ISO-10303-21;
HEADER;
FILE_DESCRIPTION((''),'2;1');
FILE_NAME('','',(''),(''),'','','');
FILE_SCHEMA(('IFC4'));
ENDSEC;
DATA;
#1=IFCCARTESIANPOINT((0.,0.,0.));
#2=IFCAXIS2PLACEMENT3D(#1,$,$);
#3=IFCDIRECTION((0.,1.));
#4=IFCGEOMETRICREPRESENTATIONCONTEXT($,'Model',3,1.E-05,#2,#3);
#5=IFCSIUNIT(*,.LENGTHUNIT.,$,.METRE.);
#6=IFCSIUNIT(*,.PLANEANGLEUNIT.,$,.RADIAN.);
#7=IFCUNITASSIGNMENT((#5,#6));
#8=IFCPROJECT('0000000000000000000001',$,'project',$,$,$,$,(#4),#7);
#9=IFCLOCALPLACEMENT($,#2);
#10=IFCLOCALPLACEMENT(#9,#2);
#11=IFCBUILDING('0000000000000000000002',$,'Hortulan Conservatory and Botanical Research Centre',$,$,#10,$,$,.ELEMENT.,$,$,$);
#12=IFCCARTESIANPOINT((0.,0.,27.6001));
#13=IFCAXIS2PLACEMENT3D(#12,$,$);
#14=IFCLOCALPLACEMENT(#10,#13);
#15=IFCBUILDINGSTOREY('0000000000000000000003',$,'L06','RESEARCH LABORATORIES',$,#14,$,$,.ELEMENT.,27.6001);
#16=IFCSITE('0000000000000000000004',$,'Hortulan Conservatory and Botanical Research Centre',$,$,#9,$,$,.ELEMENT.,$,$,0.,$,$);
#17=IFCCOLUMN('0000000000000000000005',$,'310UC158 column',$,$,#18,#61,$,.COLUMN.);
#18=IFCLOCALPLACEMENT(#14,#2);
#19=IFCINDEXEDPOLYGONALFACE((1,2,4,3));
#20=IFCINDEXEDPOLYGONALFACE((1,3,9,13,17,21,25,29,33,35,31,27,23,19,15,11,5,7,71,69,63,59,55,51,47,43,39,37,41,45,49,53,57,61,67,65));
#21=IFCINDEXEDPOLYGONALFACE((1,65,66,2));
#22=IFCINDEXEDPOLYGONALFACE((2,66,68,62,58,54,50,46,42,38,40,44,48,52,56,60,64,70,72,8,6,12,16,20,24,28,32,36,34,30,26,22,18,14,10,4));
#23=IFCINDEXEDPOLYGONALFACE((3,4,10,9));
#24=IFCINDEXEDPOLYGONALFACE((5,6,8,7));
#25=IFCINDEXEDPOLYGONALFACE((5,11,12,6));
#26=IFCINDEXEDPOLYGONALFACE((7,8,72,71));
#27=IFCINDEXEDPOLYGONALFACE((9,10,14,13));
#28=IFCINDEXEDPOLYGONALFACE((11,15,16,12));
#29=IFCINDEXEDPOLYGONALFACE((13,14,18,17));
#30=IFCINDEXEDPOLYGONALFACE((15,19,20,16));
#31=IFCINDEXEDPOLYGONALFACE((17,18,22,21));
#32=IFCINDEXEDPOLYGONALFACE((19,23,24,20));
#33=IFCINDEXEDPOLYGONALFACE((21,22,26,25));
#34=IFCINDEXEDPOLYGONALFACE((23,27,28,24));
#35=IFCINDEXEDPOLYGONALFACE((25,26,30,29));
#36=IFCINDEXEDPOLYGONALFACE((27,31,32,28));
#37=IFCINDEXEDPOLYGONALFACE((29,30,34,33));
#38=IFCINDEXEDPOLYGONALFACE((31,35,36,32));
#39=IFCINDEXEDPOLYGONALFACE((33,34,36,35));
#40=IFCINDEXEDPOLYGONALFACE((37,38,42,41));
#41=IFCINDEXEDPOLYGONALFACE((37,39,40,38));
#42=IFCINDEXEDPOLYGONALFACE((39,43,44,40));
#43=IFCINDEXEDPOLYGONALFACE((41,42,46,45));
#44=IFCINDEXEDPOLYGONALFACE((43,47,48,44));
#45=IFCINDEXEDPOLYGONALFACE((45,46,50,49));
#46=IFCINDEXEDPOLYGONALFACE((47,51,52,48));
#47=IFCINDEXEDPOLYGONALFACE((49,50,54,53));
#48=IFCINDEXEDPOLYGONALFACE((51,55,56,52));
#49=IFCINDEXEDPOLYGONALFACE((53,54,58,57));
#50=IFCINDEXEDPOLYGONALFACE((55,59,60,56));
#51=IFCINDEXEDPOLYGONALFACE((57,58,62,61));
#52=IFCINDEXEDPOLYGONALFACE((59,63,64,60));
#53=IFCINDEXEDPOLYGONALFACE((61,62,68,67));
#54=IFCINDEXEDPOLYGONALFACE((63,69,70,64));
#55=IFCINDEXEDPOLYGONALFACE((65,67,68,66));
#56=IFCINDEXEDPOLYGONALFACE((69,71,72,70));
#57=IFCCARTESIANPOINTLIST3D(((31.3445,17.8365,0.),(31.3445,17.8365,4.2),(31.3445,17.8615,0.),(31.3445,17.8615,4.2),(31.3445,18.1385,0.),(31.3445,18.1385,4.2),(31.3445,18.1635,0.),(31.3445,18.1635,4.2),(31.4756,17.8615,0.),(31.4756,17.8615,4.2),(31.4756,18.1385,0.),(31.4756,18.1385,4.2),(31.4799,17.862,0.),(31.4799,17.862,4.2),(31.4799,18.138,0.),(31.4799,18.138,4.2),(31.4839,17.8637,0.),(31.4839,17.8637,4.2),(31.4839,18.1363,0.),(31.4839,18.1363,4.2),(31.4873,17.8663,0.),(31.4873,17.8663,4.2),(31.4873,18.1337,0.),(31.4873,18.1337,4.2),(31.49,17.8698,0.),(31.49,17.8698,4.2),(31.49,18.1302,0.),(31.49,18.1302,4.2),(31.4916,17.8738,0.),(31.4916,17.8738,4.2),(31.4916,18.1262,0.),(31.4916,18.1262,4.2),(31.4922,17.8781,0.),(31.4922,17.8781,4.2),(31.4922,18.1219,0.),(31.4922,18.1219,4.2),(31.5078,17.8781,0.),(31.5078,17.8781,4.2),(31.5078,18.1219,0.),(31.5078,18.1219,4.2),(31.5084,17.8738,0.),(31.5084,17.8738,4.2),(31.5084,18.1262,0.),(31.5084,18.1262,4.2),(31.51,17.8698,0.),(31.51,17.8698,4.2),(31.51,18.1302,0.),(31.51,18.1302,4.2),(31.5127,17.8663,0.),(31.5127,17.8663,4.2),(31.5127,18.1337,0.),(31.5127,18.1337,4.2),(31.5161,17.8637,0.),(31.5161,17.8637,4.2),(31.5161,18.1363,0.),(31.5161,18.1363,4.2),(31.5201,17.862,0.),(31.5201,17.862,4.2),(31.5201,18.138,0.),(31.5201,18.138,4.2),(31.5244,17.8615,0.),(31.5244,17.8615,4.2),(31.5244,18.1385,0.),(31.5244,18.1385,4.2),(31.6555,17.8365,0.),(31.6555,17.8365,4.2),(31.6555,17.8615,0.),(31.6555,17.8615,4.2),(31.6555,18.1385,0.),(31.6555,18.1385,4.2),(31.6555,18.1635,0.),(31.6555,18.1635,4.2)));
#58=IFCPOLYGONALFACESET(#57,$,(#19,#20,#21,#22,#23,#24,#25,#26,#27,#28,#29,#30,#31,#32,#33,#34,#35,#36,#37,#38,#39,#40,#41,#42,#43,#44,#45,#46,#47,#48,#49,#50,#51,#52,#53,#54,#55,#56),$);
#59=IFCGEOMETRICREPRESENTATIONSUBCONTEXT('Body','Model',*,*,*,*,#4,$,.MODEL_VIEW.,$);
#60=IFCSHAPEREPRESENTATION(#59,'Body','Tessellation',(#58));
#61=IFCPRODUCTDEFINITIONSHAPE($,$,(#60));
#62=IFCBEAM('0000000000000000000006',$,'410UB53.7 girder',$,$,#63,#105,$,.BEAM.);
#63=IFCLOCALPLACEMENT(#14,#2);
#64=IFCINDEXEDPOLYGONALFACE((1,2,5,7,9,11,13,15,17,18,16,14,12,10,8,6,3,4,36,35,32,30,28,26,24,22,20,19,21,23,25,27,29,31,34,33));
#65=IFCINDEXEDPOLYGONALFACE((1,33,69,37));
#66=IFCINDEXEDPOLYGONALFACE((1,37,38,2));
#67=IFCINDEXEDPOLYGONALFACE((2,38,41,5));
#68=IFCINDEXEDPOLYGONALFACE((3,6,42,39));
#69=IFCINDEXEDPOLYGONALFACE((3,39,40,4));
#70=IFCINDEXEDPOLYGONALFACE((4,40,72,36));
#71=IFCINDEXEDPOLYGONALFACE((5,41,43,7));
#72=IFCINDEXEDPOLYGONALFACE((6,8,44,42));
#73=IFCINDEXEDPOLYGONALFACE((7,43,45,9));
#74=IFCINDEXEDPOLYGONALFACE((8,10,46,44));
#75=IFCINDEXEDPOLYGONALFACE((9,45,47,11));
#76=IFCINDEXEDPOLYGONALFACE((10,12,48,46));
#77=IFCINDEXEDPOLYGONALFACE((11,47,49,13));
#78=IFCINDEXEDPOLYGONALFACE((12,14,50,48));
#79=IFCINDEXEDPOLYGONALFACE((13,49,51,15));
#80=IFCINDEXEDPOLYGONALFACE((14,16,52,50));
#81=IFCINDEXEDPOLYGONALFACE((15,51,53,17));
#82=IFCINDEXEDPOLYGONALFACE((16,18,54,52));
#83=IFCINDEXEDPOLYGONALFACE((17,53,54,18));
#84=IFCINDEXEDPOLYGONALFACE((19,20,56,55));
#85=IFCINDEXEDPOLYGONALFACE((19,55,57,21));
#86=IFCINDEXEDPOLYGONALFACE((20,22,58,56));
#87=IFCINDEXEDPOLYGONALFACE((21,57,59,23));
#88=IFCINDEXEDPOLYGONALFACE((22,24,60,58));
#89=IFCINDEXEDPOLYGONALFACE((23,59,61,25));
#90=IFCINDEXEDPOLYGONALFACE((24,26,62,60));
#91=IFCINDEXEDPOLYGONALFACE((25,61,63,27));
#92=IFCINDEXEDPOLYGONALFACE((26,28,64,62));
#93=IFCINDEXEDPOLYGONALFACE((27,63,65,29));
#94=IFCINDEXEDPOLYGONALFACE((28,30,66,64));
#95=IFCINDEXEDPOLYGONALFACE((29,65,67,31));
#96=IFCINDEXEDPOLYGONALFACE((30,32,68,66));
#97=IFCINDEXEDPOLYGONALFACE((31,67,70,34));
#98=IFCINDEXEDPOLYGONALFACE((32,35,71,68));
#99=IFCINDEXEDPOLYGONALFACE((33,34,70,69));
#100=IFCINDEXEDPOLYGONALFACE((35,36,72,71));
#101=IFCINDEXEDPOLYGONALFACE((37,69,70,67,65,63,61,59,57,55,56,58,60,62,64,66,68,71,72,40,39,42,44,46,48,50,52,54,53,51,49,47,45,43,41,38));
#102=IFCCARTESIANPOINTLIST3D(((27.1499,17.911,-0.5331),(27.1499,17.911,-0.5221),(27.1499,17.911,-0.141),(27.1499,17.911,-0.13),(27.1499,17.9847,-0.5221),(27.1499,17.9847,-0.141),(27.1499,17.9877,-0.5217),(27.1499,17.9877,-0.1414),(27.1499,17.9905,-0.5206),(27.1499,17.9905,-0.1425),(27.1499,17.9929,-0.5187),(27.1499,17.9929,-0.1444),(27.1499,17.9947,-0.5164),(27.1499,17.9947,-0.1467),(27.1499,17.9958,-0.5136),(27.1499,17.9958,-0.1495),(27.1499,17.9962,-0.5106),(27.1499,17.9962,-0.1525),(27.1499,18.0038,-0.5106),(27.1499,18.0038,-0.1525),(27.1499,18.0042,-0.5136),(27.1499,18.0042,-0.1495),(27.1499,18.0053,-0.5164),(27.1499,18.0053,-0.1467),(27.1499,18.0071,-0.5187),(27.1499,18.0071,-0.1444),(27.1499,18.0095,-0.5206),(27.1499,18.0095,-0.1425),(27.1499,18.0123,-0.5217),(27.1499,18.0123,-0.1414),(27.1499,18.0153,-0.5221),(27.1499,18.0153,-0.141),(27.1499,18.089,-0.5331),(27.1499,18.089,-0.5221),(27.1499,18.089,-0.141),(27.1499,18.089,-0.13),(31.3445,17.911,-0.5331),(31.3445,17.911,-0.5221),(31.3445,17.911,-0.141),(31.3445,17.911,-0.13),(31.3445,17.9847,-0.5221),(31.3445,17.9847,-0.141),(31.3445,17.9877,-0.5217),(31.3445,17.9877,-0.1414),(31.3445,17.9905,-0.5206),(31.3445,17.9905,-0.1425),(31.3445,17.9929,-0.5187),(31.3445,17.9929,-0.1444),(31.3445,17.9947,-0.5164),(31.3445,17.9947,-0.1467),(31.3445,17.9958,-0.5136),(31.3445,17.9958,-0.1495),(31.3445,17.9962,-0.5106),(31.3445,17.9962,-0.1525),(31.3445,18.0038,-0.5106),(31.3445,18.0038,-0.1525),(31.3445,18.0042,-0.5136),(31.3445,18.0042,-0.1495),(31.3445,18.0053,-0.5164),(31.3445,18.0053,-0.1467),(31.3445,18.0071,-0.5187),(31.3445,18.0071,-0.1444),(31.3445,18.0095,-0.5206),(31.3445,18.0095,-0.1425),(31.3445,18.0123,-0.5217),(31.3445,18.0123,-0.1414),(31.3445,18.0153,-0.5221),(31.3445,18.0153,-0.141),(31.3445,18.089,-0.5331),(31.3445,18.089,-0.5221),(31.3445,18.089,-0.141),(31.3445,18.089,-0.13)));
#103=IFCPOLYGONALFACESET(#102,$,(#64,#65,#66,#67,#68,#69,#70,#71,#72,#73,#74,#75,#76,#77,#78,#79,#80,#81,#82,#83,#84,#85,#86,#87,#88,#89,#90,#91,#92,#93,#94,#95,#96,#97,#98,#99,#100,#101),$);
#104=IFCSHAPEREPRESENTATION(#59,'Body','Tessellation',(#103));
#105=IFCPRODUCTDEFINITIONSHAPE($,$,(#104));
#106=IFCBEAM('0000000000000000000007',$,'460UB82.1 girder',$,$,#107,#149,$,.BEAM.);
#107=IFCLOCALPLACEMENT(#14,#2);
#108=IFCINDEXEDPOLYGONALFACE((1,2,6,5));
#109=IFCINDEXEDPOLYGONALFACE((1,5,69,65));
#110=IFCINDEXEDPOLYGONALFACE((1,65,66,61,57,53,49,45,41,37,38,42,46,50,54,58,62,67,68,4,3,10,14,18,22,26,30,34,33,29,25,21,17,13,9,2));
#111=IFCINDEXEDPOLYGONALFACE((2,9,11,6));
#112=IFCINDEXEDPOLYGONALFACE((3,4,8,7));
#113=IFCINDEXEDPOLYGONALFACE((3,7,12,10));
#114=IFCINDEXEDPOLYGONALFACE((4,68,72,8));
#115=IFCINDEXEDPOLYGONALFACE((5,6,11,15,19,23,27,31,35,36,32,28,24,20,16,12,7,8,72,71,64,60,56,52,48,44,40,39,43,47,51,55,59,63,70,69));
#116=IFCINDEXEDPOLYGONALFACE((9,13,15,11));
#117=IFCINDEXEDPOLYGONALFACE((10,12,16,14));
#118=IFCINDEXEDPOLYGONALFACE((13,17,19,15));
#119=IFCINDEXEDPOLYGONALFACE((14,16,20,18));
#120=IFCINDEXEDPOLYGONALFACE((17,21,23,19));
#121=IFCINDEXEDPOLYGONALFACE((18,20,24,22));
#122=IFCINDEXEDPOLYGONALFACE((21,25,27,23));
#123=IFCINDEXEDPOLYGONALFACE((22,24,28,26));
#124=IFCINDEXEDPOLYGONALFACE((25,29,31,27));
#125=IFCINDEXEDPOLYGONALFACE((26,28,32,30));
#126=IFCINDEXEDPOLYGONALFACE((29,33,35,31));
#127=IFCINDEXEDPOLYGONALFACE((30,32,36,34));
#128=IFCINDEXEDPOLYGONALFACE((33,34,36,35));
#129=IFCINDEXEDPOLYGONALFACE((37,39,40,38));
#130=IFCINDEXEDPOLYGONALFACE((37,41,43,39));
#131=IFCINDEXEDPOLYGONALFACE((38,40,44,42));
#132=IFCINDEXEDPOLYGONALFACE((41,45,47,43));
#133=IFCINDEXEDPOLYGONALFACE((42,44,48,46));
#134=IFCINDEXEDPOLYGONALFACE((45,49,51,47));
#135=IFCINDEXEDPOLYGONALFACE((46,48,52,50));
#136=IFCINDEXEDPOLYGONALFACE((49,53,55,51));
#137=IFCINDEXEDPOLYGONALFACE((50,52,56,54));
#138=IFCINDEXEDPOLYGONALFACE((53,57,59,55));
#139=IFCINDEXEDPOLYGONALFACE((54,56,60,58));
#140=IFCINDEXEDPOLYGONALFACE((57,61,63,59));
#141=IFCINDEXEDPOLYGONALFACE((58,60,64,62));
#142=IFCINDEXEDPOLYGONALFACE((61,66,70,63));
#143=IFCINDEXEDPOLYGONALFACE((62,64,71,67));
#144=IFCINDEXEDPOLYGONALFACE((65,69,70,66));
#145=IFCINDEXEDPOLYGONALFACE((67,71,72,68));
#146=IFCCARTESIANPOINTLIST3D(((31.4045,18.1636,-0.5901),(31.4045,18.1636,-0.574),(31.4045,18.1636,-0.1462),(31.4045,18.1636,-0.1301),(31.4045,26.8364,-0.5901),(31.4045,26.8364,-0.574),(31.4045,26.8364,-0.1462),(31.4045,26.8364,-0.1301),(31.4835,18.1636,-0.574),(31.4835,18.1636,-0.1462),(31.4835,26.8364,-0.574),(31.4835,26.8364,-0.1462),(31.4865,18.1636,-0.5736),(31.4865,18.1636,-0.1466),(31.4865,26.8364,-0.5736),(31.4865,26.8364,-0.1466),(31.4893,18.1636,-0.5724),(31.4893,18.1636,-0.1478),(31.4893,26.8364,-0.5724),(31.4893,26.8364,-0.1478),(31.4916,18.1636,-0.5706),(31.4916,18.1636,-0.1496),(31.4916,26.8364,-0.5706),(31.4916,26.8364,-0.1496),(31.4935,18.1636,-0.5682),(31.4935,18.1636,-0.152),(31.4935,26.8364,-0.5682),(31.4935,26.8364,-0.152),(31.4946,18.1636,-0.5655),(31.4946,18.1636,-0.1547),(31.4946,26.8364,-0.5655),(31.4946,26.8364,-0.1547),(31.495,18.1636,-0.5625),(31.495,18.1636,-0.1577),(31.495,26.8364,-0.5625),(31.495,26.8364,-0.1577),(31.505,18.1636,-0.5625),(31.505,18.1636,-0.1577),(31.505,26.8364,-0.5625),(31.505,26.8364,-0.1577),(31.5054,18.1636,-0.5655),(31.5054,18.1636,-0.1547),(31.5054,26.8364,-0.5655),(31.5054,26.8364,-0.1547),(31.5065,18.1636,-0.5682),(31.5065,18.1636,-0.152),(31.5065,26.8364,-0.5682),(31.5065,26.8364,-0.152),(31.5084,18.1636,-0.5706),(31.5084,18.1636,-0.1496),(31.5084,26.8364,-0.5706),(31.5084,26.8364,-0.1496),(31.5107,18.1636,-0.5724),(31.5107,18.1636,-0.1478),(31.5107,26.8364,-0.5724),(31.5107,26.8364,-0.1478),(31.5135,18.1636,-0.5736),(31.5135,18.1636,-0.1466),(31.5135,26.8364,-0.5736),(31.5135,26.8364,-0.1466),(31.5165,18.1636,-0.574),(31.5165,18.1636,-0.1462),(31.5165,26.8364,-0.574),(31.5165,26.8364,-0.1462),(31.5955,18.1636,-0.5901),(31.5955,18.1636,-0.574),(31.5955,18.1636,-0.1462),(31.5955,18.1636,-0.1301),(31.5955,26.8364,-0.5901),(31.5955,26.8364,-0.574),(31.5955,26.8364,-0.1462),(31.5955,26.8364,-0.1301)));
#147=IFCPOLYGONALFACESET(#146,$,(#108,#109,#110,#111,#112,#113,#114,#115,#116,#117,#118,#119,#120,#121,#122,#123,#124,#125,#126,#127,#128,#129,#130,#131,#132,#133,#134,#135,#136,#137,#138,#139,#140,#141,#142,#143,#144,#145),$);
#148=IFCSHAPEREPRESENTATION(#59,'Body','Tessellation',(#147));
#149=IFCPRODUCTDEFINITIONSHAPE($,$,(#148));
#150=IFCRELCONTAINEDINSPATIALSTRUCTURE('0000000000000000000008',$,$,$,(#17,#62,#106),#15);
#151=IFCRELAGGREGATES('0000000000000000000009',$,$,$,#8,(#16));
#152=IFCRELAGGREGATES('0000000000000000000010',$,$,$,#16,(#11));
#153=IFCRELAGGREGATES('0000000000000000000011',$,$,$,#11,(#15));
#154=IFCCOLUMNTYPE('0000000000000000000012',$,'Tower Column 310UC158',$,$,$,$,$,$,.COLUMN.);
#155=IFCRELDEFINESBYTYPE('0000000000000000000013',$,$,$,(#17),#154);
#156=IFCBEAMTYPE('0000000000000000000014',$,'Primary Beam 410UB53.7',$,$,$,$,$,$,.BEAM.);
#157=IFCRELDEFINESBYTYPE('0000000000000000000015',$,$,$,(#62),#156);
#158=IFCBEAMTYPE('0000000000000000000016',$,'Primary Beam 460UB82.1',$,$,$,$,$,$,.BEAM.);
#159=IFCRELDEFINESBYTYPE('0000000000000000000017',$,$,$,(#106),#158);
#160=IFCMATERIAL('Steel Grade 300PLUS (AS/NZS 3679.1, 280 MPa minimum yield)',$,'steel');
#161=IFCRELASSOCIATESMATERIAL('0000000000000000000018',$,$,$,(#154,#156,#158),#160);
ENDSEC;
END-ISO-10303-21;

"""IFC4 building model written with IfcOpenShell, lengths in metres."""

from ifc_helpers import new_model, si_unit, direction, frame, origin, origin_2d, place, context, subcontext, project, spatial, i_section, extrude, material, material_profile, profile_set, type_object, element, save


model = new_model("IFC4")

# Units and contexts
model_context = context("Model", 3, precision=1e-05, world=origin(), true_north=direction((0.0, 1.0)))
body_context = subcontext(model_context, "Body", "Model", "MODEL_VIEW")
ifc_project = project(units=[si_unit("LENGTHUNIT", "METRE"), si_unit("PLANEANGLEUNIT", "RADIAN")], contexts=[model_context])

# Site, building, storey
site_placement = place(None, origin())
site = spatial("IfcSite", under=ifc_project, at=site_placement, Name="Hortulan Conservatory and Botanical Research Centre", CompositionType="ELEMENT", RefElevation=0.0)
building_placement = place(site_placement, origin())
building = spatial("IfcBuilding", under=site, at=building_placement, Name="Hortulan Conservatory and Botanical Research Centre", CompositionType="ELEMENT")
storey_placement = place(building_placement, frame((0.0, 0.0, 27.6001)))
storey = spatial("IfcBuildingStorey", under=building, at=storey_placement, Name="L06", Description="RESEARCH LABORATORIES", CompositionType="ELEMENT", Elevation=27.6001)

# Column
ifc_material_1 = material(Name="Steel Grade 300PLUS (AS/NZS 3679.1, 280 MPa minimum yield)", Category="steel")
ifc_material_profile_1 = material_profile(ifc_material_1, i_section(OverallWidth=0.311, OverallDepth=0.3269, WebThickness=0.0156, FlangeThickness=0.0249, FilletRadius=0.0166, at=origin_2d()), Name="310UC158")
ifc_profile_set_1 = profile_set([ifc_material_profile_1], Name="Steel Grade 300PLUS (AS/NZS 3679.1, 280 MPa minimum yield)")
column_type = type_object("IfcColumnType", Name="Tower Column 310UC158", PredefinedType="COLUMN", material=ifc_profile_set_1)
column_placement = place(storey_placement, frame((31.5, 18.0, 0.0), z_axis=(0.0, 0.0, 1.0), x_axis=(1.0, 0.0, 0.0)))
element("IfcColumn", 1, at=column_placement, inside=storey, type_object=column_type, Name="310UC158 column", PredefinedType="COLUMN", context=body_context, shape_type="SweptSolid", body=[
    extrude(i_section(OverallWidth=0.311, OverallDepth=0.3269, WebThickness=0.0156, FlangeThickness=0.0249, FilletRadius=0.0166, at=origin_2d()), origin(), (0.0, 0.0, 1.0), 4.2),
])

# Beams
ifc_material_profile_2 = material_profile(ifc_material_1, i_section(OverallWidth=0.178, OverallDepth=0.4031, WebThickness=0.0076, FlangeThickness=0.011, FilletRadius=0.0115, at=origin_2d()), Name="410UB53.7")
ifc_profile_set_2 = profile_set([ifc_material_profile_2], Name="Steel Grade 300PLUS (AS/NZS 3679.1, 280 MPa minimum yield)")
beam_type_1 = type_object("IfcBeamType", Name="Primary Beam 410UB53.7", PredefinedType="BEAM", material=ifc_profile_set_2)
beam_1_placement = place(storey_placement, frame((27.1499, 18.0, -0.3315), z_axis=(1.0, 0.0, 0.0), x_axis=(0.0, 1.0, 0.0)))
element("IfcBeam", 2, at=beam_1_placement, inside=storey, type_object=beam_type_1, Name="410UB53.7 girder", PredefinedType="BEAM", context=body_context, shape_type="SweptSolid", body=[
    extrude(i_section(OverallWidth=0.178, OverallDepth=0.4031, WebThickness=0.0076, FlangeThickness=0.011, FilletRadius=0.0115, at=origin_2d()), origin(), (0.0, 0.0, 1.0), 4.1946),
])
ifc_material_profile_3 = material_profile(ifc_material_1, i_section(OverallWidth=0.1909, OverallDepth=0.46, WebThickness=0.01, FlangeThickness=0.0161, FilletRadius=0.0115, at=origin_2d()), Name="460UB82.1")
ifc_profile_set_3 = profile_set([ifc_material_profile_3], Name="Steel Grade 300PLUS (AS/NZS 3679.1, 280 MPa minimum yield)")
beam_type_2 = type_object("IfcBeamType", Name="Primary Beam 460UB82.1", PredefinedType="BEAM", material=ifc_profile_set_3)
beam_2_placement = place(storey_placement, frame((31.5, 18.1636, -0.3601), z_axis=(0.0, 1.0, 0.0), x_axis=(-1.0, 0.0, 0.0)))
element("IfcBeam", 3, at=beam_2_placement, inside=storey, type_object=beam_type_2, Name="460UB82.1 girder", PredefinedType="BEAM", context=body_context, shape_type="SweptSolid", body=[
    extrude(i_section(OverallWidth=0.1909, OverallDepth=0.46, WebThickness=0.01, FlangeThickness=0.0161, FilletRadius=0.0115, at=origin_2d()), origin(), (0.0, 0.0, 1.0), 8.6729),
])

save(model, "model.ifc")
